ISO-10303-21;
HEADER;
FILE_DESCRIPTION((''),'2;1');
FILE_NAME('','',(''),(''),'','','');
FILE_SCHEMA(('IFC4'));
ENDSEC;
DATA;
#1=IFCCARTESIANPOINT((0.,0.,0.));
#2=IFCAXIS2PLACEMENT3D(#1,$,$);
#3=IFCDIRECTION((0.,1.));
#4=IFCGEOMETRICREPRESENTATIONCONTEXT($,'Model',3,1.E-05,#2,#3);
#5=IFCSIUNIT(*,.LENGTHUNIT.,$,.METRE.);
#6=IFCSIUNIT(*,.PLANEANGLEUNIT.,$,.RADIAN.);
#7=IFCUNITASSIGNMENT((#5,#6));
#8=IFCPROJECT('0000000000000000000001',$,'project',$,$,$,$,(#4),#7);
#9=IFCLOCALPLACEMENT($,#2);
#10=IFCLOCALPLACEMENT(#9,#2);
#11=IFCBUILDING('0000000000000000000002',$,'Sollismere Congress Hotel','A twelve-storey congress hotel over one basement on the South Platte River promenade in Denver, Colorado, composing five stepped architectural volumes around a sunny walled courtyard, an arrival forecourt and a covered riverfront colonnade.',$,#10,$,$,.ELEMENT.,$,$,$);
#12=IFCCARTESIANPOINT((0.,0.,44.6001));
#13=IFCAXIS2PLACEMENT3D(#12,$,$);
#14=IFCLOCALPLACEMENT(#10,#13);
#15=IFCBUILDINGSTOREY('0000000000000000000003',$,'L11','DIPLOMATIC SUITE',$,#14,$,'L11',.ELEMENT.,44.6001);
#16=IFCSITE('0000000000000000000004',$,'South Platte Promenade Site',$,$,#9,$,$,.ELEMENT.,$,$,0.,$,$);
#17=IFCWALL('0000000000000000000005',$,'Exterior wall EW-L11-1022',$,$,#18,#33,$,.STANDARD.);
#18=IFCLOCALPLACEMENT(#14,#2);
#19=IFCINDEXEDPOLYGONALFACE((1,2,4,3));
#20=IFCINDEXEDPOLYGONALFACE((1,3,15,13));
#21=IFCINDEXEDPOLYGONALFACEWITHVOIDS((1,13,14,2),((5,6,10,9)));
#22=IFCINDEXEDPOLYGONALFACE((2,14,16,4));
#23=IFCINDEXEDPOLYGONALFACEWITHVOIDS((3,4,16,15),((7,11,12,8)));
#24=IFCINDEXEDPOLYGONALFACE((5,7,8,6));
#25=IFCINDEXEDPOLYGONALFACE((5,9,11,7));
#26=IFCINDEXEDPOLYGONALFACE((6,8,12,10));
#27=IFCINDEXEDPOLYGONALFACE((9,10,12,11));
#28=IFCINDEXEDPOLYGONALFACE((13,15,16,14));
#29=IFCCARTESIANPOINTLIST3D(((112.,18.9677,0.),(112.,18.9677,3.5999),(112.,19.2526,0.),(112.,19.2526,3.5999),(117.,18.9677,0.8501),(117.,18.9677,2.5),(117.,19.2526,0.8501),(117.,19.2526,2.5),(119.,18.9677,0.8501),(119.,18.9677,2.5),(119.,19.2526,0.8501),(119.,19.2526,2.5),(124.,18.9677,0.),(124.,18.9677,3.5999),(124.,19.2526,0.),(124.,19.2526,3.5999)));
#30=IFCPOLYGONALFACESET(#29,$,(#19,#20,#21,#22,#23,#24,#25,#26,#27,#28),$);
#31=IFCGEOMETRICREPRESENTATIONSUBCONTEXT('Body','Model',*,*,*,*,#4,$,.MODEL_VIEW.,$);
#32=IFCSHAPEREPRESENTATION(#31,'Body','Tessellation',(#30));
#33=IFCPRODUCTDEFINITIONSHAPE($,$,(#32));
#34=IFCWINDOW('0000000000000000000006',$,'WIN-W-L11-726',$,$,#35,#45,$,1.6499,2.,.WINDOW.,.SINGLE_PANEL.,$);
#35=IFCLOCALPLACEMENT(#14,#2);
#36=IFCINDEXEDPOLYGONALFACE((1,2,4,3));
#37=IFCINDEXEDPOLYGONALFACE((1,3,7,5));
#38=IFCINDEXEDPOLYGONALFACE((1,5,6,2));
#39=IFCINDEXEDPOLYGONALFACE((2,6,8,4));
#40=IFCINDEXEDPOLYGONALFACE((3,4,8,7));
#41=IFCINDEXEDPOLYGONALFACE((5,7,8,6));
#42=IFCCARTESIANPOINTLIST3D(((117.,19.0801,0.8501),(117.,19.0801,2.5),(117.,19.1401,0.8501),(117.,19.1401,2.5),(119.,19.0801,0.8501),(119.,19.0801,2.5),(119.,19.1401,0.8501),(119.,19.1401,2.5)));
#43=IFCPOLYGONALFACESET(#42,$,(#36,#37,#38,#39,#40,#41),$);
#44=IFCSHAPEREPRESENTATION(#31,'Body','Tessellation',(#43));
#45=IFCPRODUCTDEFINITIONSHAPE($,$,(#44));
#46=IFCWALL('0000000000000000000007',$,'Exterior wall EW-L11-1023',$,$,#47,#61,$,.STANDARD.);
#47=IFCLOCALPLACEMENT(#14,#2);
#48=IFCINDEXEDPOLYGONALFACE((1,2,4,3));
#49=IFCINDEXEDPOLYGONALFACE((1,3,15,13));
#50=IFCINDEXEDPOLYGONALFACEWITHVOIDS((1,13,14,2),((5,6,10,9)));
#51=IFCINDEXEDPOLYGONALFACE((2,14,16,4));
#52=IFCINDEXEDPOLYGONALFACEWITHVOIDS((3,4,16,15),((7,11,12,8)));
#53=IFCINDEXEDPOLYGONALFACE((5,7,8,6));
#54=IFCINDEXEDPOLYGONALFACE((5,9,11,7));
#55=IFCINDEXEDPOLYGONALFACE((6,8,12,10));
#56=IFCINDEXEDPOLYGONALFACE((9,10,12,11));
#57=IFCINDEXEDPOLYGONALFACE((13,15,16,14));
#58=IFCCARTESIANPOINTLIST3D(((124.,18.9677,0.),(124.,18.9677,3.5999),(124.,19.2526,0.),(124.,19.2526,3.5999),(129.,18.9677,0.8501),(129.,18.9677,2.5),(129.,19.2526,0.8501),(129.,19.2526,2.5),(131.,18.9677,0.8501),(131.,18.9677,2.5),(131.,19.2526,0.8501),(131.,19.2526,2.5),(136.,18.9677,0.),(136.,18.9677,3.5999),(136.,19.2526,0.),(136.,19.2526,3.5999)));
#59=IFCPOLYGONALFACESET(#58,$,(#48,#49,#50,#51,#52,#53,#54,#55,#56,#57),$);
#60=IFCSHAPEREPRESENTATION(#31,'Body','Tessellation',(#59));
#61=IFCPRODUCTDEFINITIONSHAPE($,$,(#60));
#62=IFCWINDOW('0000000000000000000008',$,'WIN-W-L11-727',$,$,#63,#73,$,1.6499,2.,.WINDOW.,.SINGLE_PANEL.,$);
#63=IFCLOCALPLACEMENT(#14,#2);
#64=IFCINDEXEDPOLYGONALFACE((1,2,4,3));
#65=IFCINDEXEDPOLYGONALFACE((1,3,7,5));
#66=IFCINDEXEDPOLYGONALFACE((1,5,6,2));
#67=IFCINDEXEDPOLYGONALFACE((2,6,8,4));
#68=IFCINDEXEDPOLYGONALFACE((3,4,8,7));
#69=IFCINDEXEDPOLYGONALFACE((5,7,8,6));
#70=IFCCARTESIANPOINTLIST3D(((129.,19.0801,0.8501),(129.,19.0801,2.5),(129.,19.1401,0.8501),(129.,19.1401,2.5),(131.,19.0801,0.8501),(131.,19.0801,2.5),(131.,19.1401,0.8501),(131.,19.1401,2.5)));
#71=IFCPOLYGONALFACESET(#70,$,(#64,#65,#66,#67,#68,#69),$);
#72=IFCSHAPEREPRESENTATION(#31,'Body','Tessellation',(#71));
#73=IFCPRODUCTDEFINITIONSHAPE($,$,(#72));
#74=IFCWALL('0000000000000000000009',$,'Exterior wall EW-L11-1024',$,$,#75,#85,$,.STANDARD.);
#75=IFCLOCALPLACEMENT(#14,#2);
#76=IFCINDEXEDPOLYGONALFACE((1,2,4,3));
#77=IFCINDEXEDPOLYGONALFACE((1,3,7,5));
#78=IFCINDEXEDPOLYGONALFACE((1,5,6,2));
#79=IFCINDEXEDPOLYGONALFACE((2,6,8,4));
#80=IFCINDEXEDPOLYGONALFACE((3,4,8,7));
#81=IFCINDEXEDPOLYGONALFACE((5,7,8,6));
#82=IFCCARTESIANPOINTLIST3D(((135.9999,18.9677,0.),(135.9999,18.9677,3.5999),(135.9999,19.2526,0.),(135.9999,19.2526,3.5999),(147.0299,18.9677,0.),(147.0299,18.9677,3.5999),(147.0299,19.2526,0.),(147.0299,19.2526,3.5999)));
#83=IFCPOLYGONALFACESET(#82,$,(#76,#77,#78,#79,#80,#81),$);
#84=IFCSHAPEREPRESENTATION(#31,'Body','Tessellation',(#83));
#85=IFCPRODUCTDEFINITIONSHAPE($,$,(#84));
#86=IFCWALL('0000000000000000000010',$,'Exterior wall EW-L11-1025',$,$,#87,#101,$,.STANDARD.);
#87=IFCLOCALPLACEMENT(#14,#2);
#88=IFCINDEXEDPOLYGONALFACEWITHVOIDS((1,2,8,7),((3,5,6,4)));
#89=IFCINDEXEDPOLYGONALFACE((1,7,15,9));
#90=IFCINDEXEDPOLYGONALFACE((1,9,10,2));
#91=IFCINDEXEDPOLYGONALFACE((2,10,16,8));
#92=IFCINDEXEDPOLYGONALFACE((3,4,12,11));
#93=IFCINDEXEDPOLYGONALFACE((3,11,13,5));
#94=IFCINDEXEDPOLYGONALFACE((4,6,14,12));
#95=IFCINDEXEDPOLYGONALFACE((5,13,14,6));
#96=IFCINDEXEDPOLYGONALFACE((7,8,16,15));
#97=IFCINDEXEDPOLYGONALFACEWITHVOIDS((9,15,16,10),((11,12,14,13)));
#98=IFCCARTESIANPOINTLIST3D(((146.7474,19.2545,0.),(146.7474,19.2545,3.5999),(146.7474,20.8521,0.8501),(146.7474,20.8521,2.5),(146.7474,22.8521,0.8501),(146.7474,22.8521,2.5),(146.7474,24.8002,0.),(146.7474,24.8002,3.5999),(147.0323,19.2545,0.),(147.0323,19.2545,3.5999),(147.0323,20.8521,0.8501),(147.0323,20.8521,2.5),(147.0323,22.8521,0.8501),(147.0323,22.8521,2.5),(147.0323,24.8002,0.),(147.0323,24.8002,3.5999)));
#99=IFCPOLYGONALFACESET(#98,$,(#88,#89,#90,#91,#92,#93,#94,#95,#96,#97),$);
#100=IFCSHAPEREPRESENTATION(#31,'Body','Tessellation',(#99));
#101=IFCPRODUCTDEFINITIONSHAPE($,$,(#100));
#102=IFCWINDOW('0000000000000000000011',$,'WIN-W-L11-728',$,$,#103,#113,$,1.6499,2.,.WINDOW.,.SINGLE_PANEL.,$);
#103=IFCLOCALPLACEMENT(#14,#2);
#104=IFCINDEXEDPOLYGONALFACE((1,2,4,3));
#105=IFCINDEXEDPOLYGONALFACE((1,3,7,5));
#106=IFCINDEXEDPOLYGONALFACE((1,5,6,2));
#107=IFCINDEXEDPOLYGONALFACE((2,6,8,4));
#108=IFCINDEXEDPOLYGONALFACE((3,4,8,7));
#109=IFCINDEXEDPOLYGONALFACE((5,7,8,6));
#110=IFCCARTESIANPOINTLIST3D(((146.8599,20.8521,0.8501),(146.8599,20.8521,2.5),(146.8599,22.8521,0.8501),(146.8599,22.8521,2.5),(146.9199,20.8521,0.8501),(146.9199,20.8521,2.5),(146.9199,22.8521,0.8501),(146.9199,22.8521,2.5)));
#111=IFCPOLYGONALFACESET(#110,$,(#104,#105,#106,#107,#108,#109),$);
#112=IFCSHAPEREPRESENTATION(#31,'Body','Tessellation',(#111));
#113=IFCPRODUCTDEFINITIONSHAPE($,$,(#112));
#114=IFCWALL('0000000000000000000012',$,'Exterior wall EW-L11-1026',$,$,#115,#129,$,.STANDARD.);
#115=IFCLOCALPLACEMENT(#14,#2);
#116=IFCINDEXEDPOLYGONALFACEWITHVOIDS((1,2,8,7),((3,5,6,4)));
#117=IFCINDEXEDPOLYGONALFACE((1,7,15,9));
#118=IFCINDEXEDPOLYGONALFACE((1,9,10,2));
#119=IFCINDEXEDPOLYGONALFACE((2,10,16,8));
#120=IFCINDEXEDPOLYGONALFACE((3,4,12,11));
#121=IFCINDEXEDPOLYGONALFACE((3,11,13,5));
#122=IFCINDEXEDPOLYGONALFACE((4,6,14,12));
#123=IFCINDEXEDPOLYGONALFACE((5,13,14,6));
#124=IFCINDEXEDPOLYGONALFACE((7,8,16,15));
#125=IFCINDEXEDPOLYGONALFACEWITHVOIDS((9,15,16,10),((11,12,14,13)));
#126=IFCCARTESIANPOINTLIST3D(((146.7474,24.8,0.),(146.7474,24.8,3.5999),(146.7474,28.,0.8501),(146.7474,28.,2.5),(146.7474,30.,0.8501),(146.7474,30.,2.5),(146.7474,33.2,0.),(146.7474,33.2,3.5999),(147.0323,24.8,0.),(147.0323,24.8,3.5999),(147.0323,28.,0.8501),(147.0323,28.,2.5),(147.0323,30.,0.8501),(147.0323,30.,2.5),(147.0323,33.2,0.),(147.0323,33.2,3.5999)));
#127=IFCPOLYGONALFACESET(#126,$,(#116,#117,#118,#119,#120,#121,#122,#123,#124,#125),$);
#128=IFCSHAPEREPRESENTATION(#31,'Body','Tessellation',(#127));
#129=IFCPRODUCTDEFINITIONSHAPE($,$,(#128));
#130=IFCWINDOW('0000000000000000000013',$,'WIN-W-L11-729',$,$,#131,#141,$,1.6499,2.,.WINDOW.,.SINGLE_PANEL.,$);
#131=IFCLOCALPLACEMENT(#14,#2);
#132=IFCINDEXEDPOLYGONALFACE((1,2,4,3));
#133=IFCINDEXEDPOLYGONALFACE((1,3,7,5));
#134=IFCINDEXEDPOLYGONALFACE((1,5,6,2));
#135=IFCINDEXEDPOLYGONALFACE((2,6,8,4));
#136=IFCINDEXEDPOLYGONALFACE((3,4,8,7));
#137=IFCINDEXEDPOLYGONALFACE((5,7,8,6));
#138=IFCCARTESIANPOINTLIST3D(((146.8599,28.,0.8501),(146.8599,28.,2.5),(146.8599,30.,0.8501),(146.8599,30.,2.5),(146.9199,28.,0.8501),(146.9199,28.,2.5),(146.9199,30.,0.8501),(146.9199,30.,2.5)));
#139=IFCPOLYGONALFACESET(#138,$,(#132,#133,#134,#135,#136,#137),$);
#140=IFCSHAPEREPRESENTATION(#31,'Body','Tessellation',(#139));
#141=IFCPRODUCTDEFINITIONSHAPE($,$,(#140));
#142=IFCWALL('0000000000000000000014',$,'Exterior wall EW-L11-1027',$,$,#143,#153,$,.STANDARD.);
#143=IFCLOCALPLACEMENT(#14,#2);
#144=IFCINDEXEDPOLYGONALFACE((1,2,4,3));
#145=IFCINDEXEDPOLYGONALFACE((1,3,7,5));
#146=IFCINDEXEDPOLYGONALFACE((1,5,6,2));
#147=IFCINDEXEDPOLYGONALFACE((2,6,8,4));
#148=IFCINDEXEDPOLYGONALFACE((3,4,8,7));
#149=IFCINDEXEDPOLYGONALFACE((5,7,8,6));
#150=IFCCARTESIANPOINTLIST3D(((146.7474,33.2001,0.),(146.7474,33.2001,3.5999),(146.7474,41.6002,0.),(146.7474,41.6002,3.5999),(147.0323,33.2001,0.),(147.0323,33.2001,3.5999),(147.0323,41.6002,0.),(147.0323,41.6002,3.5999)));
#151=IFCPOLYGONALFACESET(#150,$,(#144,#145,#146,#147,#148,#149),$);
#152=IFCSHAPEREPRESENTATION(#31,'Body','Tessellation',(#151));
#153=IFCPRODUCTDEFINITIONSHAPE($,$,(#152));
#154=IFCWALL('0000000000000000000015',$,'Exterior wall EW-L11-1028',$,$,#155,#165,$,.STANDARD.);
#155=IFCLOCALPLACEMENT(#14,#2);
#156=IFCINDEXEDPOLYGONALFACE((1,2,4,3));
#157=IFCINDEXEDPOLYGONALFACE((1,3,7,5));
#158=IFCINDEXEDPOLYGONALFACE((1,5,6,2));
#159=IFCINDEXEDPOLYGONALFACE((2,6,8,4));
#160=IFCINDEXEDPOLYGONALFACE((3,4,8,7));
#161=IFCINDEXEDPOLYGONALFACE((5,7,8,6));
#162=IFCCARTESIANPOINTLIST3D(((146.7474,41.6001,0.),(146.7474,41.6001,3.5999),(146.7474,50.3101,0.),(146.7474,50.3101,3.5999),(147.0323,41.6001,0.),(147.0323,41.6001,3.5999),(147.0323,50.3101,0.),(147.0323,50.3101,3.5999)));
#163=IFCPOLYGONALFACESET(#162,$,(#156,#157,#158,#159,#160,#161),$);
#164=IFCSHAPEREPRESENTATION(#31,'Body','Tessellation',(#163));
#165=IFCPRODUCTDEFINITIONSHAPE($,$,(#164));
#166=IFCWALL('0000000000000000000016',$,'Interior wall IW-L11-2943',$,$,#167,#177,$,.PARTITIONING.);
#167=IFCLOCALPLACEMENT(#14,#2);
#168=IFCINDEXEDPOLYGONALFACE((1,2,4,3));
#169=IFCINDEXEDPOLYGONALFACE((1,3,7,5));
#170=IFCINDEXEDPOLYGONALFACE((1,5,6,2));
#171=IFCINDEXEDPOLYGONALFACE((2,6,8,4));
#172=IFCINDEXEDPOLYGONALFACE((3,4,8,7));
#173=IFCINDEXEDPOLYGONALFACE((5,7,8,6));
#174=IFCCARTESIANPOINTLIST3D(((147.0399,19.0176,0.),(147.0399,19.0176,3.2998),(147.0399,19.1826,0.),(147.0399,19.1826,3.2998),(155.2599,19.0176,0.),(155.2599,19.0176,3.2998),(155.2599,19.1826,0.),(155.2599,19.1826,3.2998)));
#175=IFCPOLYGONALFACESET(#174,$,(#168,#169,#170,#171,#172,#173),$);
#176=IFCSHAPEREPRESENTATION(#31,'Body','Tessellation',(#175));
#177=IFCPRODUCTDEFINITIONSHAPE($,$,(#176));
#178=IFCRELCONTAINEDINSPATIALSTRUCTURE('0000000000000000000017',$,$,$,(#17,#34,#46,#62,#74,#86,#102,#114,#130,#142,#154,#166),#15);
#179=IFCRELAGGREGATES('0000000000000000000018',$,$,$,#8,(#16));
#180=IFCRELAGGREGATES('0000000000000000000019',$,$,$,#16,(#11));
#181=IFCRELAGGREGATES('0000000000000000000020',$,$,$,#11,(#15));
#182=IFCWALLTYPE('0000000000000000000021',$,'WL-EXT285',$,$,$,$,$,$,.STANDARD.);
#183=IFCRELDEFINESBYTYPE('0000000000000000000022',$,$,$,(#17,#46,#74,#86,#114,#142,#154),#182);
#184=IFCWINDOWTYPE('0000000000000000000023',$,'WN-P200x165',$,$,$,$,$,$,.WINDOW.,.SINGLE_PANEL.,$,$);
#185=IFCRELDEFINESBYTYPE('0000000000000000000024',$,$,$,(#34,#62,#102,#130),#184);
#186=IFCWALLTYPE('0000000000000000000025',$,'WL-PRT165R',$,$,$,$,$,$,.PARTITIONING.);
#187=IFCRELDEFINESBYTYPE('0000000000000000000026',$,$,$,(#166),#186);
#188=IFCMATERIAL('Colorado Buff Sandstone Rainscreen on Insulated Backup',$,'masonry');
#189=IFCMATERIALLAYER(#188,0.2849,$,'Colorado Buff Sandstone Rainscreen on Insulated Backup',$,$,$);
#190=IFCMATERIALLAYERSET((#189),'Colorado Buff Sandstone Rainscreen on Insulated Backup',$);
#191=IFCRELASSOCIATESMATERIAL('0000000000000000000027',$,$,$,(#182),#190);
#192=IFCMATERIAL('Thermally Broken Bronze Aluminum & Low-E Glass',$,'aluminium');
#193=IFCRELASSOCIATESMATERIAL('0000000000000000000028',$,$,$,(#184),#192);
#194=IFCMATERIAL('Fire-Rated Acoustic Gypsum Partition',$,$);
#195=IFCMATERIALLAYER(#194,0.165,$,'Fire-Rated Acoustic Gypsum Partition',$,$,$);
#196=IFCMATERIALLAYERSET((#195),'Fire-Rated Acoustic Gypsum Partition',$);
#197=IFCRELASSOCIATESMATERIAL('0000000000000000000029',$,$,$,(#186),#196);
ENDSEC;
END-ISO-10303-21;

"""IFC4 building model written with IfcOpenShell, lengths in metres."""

from ifc_helpers import new_model, si_unit, direction, frame, frame_2d, origin, place, context, subcontext, project, spatial, rectangle, extrude, material, layer, layer_set, type_object, element, fill, save


model = new_model("IFC4")

# Units and contexts
model_context = context("Model", 3, precision=1e-05, world=origin(), true_north=direction((0.0, 1.0)))
body_context = subcontext(model_context, "Body", "Model", "MODEL_VIEW")
ifc_project = project(units=[si_unit("LENGTHUNIT", "METRE"), si_unit("PLANEANGLEUNIT", "RADIAN")], contexts=[model_context])

# Site, building, storey
site_placement = place(None, origin())
site = spatial("IfcSite", under=ifc_project, at=site_placement, Name="South Platte Promenade Site", CompositionType="ELEMENT", RefElevation=0.0)
building_placement = place(site_placement, origin())
building = spatial("IfcBuilding", under=site, at=building_placement, Name="Sollismere Congress Hotel", Description="A twelve-storey congress hotel over one basement on the South Platte River promenade in Denver, Colorado, composing five stepped architectural volumes around a sunny walled courtyard, an arrival forecourt and a covered riverfront colonnade.", CompositionType="ELEMENT")
storey_placement = place(building_placement, frame((0.0, 0.0, 44.6001)))
storey = spatial("IfcBuildingStorey", under=building, at=storey_placement, Name="L11", Description="DIPLOMATIC SUITE", LongName="L11", CompositionType="ELEMENT", Elevation=44.6001)

# Walls, openings, windows
ifc_material_1 = material(Name="Colorado Buff Sandstone Rainscreen on Insulated Backup", Category="masonry")
ifc_layer_1 = layer(ifc_material_1, 0.2849, Name="Colorado Buff Sandstone Rainscreen on Insulated Backup")
ifc_layer_set_1 = layer_set([ifc_layer_1], Name="Colorado Buff Sandstone Rainscreen on Insulated Backup")
wall_type_1 = type_object("IfcWallType", Name="WL-EXT285", PredefinedType="STANDARD", material=ifc_layer_set_1)
wall_1_placement = place(storey_placement, frame((124.0, 19.1101, 0.0), z_axis=(0.0, 0.0, 1.0), x_axis=(-1.0, 0.0, 0.0)))
wall_1 = element("IfcWall", 1, at=wall_1_placement, inside=storey, type_object=wall_type_1, Name="Exterior wall EW-L11-1022", PredefinedType="STANDARD", context=body_context, shape_type="SweptSolid", body=[
    extrude(rectangle(XDim=12.0, YDim=0.2849, at=frame_2d((6.0, 0.0))), origin(), (0.0, 0.0, 1.0), 3.5999),
])
opening_1_placement = place(wall_1_placement, frame((5.0, 0.0, 0.8501)))
opening_1 = element("IfcOpeningElement", 2, at=opening_1_placement, cuts=wall_1, PredefinedType="OPENING", context=body_context, shape_type="SweptSolid", body=[
    extrude(rectangle(XDim=2.0, YDim=1.6499, at=frame_2d((1.0, 0.825))), frame((0.0, 0.1523, 0.0), z_axis=(0.0, -1.0, 0.0), x_axis=(1.0, 0.0, 0.0)), (0.0, 0.0, 1.0), 0.3049),
])
ifc_material_2 = material(Name="Thermally Broken Bronze Aluminum & Low-E Glass", Category="aluminium")
window_type = type_object("IfcWindowType", Name="WN-P200x165", PartitioningType="SINGLE_PANEL", PredefinedType="WINDOW", material=ifc_material_2)
window_1_placement = place(opening_1_placement, origin())
window_1 = element("IfcWindow", 3, at=window_1_placement, inside=storey, type_object=window_type, Name="WIN-W-L11-726", OverallHeight=1.6499, OverallWidth=2.0, PartitioningType="SINGLE_PANEL", PredefinedType="WINDOW", context=body_context, shape_type="SweptSolid", body=[
    extrude(rectangle(XDim=2.0, YDim=1.6499, at=frame_2d((1.0, 0.825))), frame((0.0, 0.03, 0.0), z_axis=(0.0, -1.0, 0.0), x_axis=(1.0, 0.0, 0.0)), (0.0, 0.0, 1.0), 0.0601),
])
fill(opening_1, window_1)
wall_2_placement = place(storey_placement, frame((136.0, 19.1101, 0.0), z_axis=(0.0, 0.0, 1.0), x_axis=(-1.0, 0.0, 0.0)))
wall_2 = element("IfcWall", 4, at=wall_2_placement, inside=storey, type_object=wall_type_1, Name="Exterior wall EW-L11-1023", PredefinedType="STANDARD", context=body_context, shape_type="SweptSolid", body=[
    extrude(rectangle(XDim=12.0, YDim=0.2849, at=frame_2d((6.0, 0.0))), origin(), (0.0, 0.0, 1.0), 3.5999),
])
opening_2_placement = place(wall_2_placement, frame((5.0, 0.0, 0.8501)))
opening_2 = element("IfcOpeningElement", 5, at=opening_2_placement, cuts=wall_2, PredefinedType="OPENING", context=body_context, shape_type="SweptSolid", body=[
    extrude(rectangle(XDim=2.0, YDim=1.6499, at=frame_2d((1.0, 0.825))), frame((0.0, 0.1523, 0.0), z_axis=(0.0, -1.0, 0.0), x_axis=(1.0, 0.0, 0.0)), (0.0, 0.0, 1.0), 0.3049),
])
window_2_placement = place(opening_2_placement, origin())
window_2 = element("IfcWindow", 6, at=window_2_placement, inside=storey, type_object=window_type, Name="WIN-W-L11-727", OverallHeight=1.6499, OverallWidth=2.0, PartitioningType="SINGLE_PANEL", PredefinedType="WINDOW", context=body_context, shape_type="SweptSolid", body=[
    extrude(rectangle(XDim=2.0, YDim=1.6499, at=frame_2d((1.0, 0.825))), frame((0.0, 0.03, 0.0), z_axis=(0.0, -1.0, 0.0), x_axis=(1.0, 0.0, 0.0)), (0.0, 0.0, 1.0), 0.0601),
])
fill(opening_2, window_2)

# Wall
wall_3_placement = place(storey_placement, frame((147.03, 19.1101, 0.0), z_axis=(0.0, 0.0, 1.0), x_axis=(-1.0, 0.0, 0.0)))
element("IfcWall", 7, at=wall_3_placement, inside=storey, type_object=wall_type_1, Name="Exterior wall EW-L11-1024", PredefinedType="STANDARD", context=body_context, shape_type="SweptSolid", body=[
    extrude(rectangle(XDim=11.03, YDim=0.2849, at=frame_2d((5.5151, 0.0))), origin(), (0.0, 0.0, 1.0), 3.5999),
])

# Walls, openings, windows
wall_4_placement = place(storey_placement, frame((146.8899, 19.2544, 0.0), z_axis=(0.0, 0.0, 1.0), x_axis=(0.0, 1.0, 0.0)))
wall_4 = element("IfcWall", 8, at=wall_4_placement, inside=storey, type_object=wall_type_1, Name="Exterior wall EW-L11-1025", PredefinedType="STANDARD", context=body_context, shape_type="SweptSolid", body=[
    extrude(rectangle(XDim=5.5457, YDim=0.2849, at=frame_2d((2.7729, 0.0))), origin(), (0.0, 0.0, 1.0), 3.5999),
])
opening_3_placement = place(wall_4_placement, frame((1.5977, 0.0, 0.8501)))
opening_3 = element("IfcOpeningElement", 9, at=opening_3_placement, cuts=wall_4, PredefinedType="OPENING", context=body_context, shape_type="SweptSolid", body=[
    extrude(rectangle(XDim=2.0, YDim=1.6499, at=frame_2d((1.0, 0.825))), frame((0.0, 0.1523, 0.0), z_axis=(0.0, -1.0, 0.0), x_axis=(1.0, 0.0, 0.0)), (0.0, 0.0, 1.0), 0.3049),
])
window_3_placement = place(opening_3_placement, origin())
window_3 = element("IfcWindow", 10, at=window_3_placement, inside=storey, type_object=window_type, Name="WIN-W-L11-728", OverallHeight=1.6499, OverallWidth=2.0, PartitioningType="SINGLE_PANEL", PredefinedType="WINDOW", context=body_context, shape_type="SweptSolid", body=[
    extrude(rectangle(XDim=2.0, YDim=1.6499, at=frame_2d((1.0, 0.825))), frame((0.0, 0.03, 0.0), z_axis=(0.0, -1.0, 0.0), x_axis=(1.0, 0.0, 0.0)), (0.0, 0.0, 1.0), 0.0601),
])
fill(opening_3, window_3)
wall_5_placement = place(storey_placement, frame((146.8899, 24.8, 0.0), z_axis=(0.0, 0.0, 1.0), x_axis=(0.0, 1.0, 0.0)))
wall_5 = element("IfcWall", 11, at=wall_5_placement, inside=storey, type_object=wall_type_1, Name="Exterior wall EW-L11-1026", PredefinedType="STANDARD", context=body_context, shape_type="SweptSolid", body=[
    extrude(rectangle(XDim=8.3999, YDim=0.2849, at=frame_2d((4.2, 0.0))), origin(), (0.0, 0.0, 1.0), 3.5999),
])
opening_4_placement = place(wall_5_placement, frame((3.2, 0.0, 0.8501)))
opening_4 = element("IfcOpeningElement", 12, at=opening_4_placement, cuts=wall_5, PredefinedType="OPENING", context=body_context, shape_type="SweptSolid", body=[
    extrude(rectangle(XDim=2.0, YDim=1.6499, at=frame_2d((1.0, 0.825))), frame((0.0, 0.1523, 0.0), z_axis=(0.0, -1.0, 0.0), x_axis=(1.0, 0.0, 0.0)), (0.0, 0.0, 1.0), 0.3049),
])
window_4_placement = place(opening_4_placement, origin())
window_4 = element("IfcWindow", 13, at=window_4_placement, inside=storey, type_object=window_type, Name="WIN-W-L11-729", OverallHeight=1.6499, OverallWidth=2.0, PartitioningType="SINGLE_PANEL", PredefinedType="WINDOW", context=body_context, shape_type="SweptSolid", body=[
    extrude(rectangle(XDim=2.0, YDim=1.6499, at=frame_2d((1.0, 0.825))), frame((0.0, 0.03, 0.0), z_axis=(0.0, -1.0, 0.0), x_axis=(1.0, 0.0, 0.0)), (0.0, 0.0, 1.0), 0.0601),
])
fill(opening_4, window_4)

# Walls
wall_6_placement = place(storey_placement, frame((146.8899, 33.2, 0.0), z_axis=(0.0, 0.0, 1.0), x_axis=(0.0, 1.0, 0.0)))
element("IfcWall", 14, at=wall_6_placement, inside=storey, type_object=wall_type_1, Name="Exterior wall EW-L11-1027", PredefinedType="STANDARD", context=body_context, shape_type="SweptSolid", body=[
    extrude(rectangle(XDim=8.4001, YDim=0.2849, at=frame_2d((4.2002, 0.0))), origin(), (0.0, 0.0, 1.0), 3.5999),
])
wall_7_placement = place(storey_placement, frame((146.8899, 41.6001, 0.0), z_axis=(0.0, 0.0, 1.0), x_axis=(0.0, 1.0, 0.0)))
element("IfcWall", 15, at=wall_7_placement, inside=storey, type_object=wall_type_1, Name="Exterior wall EW-L11-1028", PredefinedType="STANDARD", context=body_context, shape_type="SweptSolid", body=[
    extrude(rectangle(XDim=8.71, YDim=0.2849, at=frame_2d((4.355, 0.0))), origin(), (0.0, 0.0, 1.0), 3.5999),
])
ifc_material_3 = material(Name="Fire-Rated Acoustic Gypsum Partition")
ifc_layer_2 = layer(ifc_material_3, 0.165, Name="Fire-Rated Acoustic Gypsum Partition")
ifc_layer_set_2 = layer_set([ifc_layer_2], Name="Fire-Rated Acoustic Gypsum Partition")
wall_type_2 = type_object("IfcWallType", Name="WL-PRT165R", PredefinedType="PARTITIONING", material=ifc_layer_set_2)
wall_8_placement = place(storey_placement, frame((147.04, 19.1001, 0.0), z_axis=(0.0, 0.0, 1.0), x_axis=(1.0, 0.0, 0.0)))
element("IfcWall", 16, at=wall_8_placement, inside=storey, type_object=wall_type_2, Name="Interior wall IW-L11-2943", PredefinedType="PARTITIONING", context=body_context, shape_type="SweptSolid", body=[
    extrude(rectangle(XDim=8.22, YDim=0.165, at=frame_2d((4.1099, 0.0))), origin(), (0.0, 0.0, 1.0), 3.2998),
])

save(model, "model.ifc")
